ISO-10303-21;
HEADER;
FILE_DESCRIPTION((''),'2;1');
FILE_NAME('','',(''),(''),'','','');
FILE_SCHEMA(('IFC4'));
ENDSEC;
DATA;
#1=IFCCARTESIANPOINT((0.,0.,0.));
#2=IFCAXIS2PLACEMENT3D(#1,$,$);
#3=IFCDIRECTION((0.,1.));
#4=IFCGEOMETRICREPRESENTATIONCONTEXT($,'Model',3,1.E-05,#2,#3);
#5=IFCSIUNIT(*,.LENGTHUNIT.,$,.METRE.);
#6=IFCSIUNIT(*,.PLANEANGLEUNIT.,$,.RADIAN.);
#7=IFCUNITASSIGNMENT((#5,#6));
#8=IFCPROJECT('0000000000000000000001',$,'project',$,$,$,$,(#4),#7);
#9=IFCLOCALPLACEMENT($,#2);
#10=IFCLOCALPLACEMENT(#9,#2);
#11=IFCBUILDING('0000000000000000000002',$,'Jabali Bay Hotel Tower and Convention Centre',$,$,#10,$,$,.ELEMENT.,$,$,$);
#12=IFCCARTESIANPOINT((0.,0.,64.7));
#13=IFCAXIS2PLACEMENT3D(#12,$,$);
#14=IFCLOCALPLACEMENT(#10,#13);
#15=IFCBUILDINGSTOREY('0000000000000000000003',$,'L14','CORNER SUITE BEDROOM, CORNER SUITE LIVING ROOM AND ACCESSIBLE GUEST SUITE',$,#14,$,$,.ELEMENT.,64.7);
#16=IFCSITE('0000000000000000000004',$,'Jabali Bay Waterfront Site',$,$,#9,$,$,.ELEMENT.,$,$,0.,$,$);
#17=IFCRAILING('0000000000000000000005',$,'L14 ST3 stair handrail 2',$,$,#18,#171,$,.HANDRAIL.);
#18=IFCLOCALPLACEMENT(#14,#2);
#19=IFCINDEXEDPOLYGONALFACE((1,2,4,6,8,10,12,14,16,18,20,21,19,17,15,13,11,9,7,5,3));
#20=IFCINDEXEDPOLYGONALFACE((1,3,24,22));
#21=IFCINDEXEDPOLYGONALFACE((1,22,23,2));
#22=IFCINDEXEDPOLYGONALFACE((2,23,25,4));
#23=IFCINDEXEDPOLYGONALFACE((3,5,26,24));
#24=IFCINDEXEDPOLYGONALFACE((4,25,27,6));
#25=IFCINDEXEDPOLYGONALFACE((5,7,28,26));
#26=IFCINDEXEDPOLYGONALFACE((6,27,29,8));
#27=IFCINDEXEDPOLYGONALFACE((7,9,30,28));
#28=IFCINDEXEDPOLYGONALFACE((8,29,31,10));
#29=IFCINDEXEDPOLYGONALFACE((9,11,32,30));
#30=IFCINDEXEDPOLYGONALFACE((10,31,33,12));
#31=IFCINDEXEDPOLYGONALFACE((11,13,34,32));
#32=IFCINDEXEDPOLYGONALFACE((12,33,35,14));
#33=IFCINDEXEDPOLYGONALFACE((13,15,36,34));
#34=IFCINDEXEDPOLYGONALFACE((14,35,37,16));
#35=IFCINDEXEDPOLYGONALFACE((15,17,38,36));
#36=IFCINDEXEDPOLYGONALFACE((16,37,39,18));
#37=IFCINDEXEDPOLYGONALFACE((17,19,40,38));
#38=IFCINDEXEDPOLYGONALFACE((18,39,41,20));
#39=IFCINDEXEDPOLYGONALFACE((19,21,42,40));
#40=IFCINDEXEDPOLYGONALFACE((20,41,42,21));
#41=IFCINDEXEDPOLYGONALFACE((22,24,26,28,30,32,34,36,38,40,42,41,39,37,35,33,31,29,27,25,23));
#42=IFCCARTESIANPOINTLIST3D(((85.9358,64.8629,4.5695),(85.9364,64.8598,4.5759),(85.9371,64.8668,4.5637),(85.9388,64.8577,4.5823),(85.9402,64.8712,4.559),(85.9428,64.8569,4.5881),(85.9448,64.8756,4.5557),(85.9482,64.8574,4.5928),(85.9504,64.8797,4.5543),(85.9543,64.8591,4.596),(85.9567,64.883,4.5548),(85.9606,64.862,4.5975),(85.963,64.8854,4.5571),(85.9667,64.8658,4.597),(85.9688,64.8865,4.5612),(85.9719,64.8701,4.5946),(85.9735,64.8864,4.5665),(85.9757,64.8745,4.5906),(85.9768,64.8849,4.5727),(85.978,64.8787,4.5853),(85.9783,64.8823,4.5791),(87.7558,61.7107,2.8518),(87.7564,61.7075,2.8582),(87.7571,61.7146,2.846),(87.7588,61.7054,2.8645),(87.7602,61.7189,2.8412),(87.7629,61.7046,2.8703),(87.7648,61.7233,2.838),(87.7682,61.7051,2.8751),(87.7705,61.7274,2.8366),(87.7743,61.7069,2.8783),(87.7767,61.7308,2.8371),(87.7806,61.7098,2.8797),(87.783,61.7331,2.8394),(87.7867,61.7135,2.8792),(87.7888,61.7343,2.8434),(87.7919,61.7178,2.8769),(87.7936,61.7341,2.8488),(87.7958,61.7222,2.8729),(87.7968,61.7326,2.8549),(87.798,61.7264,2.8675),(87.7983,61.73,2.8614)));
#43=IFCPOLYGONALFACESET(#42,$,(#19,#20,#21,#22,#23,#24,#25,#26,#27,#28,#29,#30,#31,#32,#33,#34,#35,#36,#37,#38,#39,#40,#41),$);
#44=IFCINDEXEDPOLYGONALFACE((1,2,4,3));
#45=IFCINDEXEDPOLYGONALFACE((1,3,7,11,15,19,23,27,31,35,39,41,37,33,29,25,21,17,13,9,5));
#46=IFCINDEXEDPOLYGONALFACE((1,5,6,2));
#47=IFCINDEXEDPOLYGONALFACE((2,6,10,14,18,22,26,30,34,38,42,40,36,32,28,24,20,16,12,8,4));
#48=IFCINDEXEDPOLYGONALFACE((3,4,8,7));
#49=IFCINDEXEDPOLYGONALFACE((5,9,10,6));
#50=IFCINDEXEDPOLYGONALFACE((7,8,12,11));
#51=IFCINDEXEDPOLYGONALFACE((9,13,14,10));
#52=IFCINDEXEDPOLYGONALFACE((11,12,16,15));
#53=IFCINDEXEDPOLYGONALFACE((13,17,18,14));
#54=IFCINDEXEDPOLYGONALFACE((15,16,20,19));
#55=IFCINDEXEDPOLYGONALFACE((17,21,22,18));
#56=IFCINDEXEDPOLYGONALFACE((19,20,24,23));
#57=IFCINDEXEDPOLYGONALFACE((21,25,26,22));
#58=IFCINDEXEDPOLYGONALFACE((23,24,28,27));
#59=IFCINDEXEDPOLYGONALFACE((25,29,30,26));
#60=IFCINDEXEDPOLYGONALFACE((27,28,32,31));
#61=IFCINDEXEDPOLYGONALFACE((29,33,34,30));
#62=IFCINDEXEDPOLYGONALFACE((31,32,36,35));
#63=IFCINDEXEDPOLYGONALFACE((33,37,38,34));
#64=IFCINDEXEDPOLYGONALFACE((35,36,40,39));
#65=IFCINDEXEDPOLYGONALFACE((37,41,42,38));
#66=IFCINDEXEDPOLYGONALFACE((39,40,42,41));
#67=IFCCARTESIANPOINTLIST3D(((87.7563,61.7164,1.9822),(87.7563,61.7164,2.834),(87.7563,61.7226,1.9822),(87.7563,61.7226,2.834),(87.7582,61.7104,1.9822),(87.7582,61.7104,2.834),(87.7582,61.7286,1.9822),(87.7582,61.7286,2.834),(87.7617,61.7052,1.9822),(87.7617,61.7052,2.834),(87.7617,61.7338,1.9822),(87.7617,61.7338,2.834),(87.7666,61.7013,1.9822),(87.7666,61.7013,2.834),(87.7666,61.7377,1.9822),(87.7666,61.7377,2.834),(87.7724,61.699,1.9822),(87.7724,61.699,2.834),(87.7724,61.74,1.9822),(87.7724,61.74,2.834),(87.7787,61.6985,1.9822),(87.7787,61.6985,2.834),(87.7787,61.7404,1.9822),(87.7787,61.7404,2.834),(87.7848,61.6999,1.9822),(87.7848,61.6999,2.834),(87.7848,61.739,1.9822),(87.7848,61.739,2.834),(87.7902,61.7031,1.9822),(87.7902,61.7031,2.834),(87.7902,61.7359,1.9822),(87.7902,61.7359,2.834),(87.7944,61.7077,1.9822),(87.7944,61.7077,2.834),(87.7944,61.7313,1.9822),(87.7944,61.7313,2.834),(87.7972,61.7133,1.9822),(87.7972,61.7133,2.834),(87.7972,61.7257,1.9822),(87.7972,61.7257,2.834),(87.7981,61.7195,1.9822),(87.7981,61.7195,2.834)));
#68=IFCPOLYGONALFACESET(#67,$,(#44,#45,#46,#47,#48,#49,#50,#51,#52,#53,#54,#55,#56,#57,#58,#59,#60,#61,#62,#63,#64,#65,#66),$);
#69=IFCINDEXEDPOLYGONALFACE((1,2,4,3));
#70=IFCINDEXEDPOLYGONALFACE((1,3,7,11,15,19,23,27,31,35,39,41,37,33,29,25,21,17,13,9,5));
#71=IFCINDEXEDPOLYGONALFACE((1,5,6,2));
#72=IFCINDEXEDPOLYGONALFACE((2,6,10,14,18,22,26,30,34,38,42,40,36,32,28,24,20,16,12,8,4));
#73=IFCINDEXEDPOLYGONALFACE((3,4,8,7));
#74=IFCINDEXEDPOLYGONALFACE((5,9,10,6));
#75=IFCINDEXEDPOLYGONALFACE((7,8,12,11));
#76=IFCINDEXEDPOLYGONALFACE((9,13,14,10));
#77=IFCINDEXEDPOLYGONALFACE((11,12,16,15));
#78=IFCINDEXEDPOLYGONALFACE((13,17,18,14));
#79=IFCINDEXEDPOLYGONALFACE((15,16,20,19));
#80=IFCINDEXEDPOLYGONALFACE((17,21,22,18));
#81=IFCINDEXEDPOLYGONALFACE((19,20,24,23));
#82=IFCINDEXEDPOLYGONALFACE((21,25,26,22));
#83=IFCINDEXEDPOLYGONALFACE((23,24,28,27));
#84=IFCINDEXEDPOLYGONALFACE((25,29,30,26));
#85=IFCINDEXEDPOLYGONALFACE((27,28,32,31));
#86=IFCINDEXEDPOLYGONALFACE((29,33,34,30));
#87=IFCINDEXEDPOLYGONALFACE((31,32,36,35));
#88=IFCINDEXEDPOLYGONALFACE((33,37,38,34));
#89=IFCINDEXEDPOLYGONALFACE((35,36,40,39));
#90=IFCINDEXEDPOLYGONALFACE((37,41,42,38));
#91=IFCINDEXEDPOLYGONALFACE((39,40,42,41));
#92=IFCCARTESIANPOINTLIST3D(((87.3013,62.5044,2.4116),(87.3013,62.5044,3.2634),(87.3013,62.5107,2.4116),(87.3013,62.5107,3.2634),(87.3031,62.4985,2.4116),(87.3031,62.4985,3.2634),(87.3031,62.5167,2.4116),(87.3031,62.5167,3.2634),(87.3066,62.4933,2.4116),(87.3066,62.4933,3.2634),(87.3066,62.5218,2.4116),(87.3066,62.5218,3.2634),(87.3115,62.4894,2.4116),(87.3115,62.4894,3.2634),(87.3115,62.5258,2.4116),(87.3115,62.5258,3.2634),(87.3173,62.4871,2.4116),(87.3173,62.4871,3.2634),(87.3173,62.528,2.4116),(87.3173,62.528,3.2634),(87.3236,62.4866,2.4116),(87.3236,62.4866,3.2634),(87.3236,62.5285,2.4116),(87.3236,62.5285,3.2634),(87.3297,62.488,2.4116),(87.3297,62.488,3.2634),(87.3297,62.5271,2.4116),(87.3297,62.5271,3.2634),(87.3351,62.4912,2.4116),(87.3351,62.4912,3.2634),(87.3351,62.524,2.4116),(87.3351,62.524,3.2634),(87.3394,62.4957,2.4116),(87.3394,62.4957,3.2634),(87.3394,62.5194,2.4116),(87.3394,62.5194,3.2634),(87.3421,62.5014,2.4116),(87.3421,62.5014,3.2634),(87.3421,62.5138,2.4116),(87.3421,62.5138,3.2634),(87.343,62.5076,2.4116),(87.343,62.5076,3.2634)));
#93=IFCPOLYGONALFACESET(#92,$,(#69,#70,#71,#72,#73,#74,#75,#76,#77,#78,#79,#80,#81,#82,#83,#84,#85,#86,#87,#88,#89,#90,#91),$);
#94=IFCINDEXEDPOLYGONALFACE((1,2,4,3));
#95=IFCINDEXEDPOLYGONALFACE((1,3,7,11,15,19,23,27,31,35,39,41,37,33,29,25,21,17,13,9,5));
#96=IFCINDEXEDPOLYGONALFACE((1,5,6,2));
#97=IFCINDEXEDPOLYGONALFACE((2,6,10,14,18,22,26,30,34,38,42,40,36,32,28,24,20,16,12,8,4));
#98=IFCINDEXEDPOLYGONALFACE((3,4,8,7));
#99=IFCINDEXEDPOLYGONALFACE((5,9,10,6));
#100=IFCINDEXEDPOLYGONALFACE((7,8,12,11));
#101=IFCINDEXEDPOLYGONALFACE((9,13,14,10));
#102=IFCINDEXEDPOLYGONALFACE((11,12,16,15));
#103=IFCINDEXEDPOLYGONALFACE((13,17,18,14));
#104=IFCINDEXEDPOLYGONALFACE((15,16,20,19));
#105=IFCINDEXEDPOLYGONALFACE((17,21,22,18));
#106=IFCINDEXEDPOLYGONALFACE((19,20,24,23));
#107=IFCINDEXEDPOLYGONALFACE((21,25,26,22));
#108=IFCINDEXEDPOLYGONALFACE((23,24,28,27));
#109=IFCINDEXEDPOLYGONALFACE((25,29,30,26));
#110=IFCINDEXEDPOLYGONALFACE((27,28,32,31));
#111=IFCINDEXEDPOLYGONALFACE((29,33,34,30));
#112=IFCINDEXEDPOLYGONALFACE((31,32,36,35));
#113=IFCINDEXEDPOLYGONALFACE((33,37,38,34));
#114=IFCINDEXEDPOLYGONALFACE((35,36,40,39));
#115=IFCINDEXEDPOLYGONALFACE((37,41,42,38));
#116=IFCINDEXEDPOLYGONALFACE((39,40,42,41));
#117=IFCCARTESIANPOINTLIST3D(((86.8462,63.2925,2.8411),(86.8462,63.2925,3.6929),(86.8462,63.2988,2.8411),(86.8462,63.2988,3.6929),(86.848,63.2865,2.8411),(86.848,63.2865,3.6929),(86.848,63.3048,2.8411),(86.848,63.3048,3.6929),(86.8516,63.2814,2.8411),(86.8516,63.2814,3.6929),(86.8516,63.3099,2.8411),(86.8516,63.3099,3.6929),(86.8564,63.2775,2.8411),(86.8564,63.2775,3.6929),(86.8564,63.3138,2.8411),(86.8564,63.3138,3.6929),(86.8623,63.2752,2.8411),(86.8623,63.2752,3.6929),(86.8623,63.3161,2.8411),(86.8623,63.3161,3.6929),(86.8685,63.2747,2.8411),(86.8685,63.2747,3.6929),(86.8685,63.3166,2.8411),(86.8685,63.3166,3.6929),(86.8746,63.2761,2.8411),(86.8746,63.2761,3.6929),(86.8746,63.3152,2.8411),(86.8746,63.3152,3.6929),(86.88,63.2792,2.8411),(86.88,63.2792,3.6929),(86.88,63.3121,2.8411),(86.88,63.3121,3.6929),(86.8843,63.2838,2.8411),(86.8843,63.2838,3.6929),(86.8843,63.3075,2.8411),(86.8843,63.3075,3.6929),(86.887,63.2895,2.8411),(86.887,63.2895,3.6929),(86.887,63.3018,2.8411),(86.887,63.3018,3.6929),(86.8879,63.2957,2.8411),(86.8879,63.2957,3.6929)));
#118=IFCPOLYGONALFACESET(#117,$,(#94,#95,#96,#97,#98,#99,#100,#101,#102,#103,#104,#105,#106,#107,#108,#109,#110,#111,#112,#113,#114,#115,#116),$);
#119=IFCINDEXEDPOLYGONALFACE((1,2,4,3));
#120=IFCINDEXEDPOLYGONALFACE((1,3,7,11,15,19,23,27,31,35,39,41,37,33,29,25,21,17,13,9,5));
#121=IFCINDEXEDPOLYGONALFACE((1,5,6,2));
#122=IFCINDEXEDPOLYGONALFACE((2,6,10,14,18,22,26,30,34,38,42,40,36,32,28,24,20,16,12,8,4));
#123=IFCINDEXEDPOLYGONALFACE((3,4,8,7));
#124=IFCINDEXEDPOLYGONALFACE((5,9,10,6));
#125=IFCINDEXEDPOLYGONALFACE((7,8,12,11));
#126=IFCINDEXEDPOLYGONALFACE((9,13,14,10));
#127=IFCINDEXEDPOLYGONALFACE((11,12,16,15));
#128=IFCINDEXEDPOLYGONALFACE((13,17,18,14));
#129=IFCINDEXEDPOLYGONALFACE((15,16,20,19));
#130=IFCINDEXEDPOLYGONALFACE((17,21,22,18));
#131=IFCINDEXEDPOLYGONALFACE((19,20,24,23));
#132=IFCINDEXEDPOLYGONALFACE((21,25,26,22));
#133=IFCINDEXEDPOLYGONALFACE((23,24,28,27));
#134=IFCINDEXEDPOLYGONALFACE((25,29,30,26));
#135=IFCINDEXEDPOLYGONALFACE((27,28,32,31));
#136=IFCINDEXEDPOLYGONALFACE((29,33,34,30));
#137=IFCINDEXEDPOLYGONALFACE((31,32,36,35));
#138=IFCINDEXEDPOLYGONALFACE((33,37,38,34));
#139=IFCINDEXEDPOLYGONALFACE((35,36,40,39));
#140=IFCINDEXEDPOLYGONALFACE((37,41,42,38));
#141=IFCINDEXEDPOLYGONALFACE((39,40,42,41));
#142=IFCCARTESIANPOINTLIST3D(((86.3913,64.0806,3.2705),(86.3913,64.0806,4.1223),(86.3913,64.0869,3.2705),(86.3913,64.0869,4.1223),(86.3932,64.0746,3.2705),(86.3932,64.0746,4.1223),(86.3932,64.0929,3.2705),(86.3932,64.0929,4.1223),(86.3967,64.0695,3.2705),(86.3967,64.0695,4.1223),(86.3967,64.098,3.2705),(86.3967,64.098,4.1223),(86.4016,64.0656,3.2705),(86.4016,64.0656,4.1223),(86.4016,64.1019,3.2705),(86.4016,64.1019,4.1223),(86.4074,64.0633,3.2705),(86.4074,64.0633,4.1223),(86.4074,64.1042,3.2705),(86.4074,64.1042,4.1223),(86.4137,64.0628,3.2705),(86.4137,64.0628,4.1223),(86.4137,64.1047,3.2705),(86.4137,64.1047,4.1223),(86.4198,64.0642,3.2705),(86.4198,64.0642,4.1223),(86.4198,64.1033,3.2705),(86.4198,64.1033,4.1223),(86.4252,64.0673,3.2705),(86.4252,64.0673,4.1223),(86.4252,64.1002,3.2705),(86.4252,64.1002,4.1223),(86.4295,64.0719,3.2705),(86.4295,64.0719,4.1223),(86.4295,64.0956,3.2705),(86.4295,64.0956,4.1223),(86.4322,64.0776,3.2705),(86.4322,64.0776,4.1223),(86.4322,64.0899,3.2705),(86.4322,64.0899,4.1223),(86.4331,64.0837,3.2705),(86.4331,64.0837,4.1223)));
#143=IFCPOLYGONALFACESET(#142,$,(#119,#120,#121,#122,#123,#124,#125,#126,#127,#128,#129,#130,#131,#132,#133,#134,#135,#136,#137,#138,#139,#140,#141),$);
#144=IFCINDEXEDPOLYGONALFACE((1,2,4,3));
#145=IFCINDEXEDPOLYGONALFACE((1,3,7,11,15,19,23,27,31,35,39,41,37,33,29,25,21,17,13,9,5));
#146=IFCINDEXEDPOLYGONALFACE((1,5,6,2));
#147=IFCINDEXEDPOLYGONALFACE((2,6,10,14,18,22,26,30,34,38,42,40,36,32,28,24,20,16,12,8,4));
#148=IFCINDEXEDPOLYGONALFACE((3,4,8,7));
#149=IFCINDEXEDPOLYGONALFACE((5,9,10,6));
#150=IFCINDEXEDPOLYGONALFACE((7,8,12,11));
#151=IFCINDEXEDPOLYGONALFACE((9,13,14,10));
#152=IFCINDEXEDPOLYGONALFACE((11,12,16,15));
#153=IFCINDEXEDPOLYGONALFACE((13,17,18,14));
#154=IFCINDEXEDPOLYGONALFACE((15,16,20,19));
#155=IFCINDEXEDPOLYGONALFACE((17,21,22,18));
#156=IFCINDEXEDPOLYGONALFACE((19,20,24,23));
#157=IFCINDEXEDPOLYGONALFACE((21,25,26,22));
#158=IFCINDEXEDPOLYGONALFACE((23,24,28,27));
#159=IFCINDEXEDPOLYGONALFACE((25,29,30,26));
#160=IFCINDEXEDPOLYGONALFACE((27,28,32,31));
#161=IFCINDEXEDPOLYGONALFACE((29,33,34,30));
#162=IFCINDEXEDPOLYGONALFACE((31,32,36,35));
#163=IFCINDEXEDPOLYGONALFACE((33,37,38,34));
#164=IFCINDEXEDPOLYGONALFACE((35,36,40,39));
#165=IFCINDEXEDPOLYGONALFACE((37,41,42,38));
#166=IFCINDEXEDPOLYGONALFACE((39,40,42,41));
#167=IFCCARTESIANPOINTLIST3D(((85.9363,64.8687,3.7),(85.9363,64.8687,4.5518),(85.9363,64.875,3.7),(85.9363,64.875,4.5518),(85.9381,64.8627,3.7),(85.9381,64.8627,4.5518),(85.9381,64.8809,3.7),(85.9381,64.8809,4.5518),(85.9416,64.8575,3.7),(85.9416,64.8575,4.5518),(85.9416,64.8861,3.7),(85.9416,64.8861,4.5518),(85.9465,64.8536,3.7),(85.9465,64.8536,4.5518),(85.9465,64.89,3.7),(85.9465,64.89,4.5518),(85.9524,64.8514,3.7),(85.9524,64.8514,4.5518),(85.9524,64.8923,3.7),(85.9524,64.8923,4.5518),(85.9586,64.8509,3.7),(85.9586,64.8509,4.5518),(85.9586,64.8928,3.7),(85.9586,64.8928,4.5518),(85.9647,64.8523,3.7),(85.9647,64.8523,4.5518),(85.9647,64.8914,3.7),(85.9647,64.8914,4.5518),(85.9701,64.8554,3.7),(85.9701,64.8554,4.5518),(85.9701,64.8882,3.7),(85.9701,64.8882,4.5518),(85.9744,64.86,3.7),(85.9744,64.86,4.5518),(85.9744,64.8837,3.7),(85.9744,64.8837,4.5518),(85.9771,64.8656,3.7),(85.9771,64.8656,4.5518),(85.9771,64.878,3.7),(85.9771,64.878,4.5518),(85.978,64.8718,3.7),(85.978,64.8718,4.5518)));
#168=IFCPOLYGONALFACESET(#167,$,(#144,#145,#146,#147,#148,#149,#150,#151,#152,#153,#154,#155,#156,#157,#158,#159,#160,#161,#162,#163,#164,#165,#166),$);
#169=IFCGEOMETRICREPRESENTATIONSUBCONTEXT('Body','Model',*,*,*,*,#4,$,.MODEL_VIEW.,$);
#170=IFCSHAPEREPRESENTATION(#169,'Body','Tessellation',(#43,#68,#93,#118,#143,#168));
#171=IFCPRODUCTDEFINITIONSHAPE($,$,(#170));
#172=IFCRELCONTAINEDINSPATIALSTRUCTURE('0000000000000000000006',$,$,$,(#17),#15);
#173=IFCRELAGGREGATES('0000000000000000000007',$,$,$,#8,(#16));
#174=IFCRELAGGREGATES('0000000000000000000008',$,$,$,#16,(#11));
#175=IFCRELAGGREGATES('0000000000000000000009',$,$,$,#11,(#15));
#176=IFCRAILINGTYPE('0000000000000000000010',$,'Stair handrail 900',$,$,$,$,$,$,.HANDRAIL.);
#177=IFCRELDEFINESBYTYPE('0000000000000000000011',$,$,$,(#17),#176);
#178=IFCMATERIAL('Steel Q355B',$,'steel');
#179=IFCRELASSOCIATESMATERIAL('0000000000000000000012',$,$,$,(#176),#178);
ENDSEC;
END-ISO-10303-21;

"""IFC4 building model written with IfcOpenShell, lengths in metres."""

from ifc_helpers import new_model, si_unit, direction, frame, origin, origin_2d, place, context, subcontext, project, spatial, circle, extrude, material, type_object, element, save


model = new_model("IFC4")

# Units and contexts
model_context = context("Model", 3, precision=1e-05, world=origin(), true_north=direction((0.0, 1.0)))
body_context = subcontext(model_context, "Body", "Model", "MODEL_VIEW")
ifc_project = project(units=[si_unit("LENGTHUNIT", "METRE"), si_unit("PLANEANGLEUNIT", "RADIAN")], contexts=[model_context])

# Site, building, storey
site_placement = place(None, origin())
site = spatial("IfcSite", under=ifc_project, at=site_placement, Name="Jabali Bay Waterfront Site", CompositionType="ELEMENT", RefElevation=0.0)
building_placement = place(site_placement, origin())
building = spatial("IfcBuilding", under=site, at=building_placement, Name="Jabali Bay Hotel Tower and Convention Centre", CompositionType="ELEMENT")
storey_placement = place(building_placement, frame((0.0, 0.0, 64.7)))
storey = spatial("IfcBuildingStorey", under=building, at=storey_placement, Name="L14", Description="CORNER SUITE BEDROOM, CORNER SUITE LIVING ROOM AND ACCESSIBLE GUEST SUITE", CompositionType="ELEMENT", Elevation=64.7)

# Railing
ifc_material_1 = material(Name="Steel Q355B", Category="steel")
railing_type_1 = type_object("IfcRailingType", Name="Stair handrail 900", PredefinedType="HANDRAIL", material=ifc_material_1)
railing_1_placement = place(storey_placement, frame((87.7771, 61.7195, 1.9822)))
element("IfcRailing", 1, at=railing_1_placement, inside=storey, type_object=railing_type_1, Name="L14 ST3 stair handrail 2", PredefinedType="HANDRAIL", context=body_context, shape_type="SweptSolid", body=[
    extrude(circle(Radius=0.0239, at=origin_2d()), frame((0.0, 0.0, 0.876), z_axis=(-0.45219, 0.78319, 0.426775), x_axis=(-0.866018, -0.500013, 0.0)), (0.0, 0.0, 1.0), 4.0249),
    extrude(circle(Radius=0.021, at=origin_2d()), origin(), (0.0, 0.0, 1.0), 0.8518),
    extrude(circle(Radius=0.021, at=origin_2d()), frame((-0.4551, 0.7881, 0.4294)), (0.0, 0.0, 1.0), 0.8518),
    extrude(circle(Radius=0.021, at=origin_2d()), frame((-0.9102, 1.5762, 0.8589)), (0.0, 0.0, 1.0), 0.8518),
    extrude(circle(Radius=0.021, at=origin_2d()), frame((-1.365, 2.3643, 1.2883)), (0.0, 0.0, 1.0), 0.8518),
    extrude(circle(Radius=0.021, at=origin_2d()), frame((-1.8201, 3.1523, 1.7178)), (0.0, 0.0, 1.0), 0.8518),
])

save(model, "model.ifc")
